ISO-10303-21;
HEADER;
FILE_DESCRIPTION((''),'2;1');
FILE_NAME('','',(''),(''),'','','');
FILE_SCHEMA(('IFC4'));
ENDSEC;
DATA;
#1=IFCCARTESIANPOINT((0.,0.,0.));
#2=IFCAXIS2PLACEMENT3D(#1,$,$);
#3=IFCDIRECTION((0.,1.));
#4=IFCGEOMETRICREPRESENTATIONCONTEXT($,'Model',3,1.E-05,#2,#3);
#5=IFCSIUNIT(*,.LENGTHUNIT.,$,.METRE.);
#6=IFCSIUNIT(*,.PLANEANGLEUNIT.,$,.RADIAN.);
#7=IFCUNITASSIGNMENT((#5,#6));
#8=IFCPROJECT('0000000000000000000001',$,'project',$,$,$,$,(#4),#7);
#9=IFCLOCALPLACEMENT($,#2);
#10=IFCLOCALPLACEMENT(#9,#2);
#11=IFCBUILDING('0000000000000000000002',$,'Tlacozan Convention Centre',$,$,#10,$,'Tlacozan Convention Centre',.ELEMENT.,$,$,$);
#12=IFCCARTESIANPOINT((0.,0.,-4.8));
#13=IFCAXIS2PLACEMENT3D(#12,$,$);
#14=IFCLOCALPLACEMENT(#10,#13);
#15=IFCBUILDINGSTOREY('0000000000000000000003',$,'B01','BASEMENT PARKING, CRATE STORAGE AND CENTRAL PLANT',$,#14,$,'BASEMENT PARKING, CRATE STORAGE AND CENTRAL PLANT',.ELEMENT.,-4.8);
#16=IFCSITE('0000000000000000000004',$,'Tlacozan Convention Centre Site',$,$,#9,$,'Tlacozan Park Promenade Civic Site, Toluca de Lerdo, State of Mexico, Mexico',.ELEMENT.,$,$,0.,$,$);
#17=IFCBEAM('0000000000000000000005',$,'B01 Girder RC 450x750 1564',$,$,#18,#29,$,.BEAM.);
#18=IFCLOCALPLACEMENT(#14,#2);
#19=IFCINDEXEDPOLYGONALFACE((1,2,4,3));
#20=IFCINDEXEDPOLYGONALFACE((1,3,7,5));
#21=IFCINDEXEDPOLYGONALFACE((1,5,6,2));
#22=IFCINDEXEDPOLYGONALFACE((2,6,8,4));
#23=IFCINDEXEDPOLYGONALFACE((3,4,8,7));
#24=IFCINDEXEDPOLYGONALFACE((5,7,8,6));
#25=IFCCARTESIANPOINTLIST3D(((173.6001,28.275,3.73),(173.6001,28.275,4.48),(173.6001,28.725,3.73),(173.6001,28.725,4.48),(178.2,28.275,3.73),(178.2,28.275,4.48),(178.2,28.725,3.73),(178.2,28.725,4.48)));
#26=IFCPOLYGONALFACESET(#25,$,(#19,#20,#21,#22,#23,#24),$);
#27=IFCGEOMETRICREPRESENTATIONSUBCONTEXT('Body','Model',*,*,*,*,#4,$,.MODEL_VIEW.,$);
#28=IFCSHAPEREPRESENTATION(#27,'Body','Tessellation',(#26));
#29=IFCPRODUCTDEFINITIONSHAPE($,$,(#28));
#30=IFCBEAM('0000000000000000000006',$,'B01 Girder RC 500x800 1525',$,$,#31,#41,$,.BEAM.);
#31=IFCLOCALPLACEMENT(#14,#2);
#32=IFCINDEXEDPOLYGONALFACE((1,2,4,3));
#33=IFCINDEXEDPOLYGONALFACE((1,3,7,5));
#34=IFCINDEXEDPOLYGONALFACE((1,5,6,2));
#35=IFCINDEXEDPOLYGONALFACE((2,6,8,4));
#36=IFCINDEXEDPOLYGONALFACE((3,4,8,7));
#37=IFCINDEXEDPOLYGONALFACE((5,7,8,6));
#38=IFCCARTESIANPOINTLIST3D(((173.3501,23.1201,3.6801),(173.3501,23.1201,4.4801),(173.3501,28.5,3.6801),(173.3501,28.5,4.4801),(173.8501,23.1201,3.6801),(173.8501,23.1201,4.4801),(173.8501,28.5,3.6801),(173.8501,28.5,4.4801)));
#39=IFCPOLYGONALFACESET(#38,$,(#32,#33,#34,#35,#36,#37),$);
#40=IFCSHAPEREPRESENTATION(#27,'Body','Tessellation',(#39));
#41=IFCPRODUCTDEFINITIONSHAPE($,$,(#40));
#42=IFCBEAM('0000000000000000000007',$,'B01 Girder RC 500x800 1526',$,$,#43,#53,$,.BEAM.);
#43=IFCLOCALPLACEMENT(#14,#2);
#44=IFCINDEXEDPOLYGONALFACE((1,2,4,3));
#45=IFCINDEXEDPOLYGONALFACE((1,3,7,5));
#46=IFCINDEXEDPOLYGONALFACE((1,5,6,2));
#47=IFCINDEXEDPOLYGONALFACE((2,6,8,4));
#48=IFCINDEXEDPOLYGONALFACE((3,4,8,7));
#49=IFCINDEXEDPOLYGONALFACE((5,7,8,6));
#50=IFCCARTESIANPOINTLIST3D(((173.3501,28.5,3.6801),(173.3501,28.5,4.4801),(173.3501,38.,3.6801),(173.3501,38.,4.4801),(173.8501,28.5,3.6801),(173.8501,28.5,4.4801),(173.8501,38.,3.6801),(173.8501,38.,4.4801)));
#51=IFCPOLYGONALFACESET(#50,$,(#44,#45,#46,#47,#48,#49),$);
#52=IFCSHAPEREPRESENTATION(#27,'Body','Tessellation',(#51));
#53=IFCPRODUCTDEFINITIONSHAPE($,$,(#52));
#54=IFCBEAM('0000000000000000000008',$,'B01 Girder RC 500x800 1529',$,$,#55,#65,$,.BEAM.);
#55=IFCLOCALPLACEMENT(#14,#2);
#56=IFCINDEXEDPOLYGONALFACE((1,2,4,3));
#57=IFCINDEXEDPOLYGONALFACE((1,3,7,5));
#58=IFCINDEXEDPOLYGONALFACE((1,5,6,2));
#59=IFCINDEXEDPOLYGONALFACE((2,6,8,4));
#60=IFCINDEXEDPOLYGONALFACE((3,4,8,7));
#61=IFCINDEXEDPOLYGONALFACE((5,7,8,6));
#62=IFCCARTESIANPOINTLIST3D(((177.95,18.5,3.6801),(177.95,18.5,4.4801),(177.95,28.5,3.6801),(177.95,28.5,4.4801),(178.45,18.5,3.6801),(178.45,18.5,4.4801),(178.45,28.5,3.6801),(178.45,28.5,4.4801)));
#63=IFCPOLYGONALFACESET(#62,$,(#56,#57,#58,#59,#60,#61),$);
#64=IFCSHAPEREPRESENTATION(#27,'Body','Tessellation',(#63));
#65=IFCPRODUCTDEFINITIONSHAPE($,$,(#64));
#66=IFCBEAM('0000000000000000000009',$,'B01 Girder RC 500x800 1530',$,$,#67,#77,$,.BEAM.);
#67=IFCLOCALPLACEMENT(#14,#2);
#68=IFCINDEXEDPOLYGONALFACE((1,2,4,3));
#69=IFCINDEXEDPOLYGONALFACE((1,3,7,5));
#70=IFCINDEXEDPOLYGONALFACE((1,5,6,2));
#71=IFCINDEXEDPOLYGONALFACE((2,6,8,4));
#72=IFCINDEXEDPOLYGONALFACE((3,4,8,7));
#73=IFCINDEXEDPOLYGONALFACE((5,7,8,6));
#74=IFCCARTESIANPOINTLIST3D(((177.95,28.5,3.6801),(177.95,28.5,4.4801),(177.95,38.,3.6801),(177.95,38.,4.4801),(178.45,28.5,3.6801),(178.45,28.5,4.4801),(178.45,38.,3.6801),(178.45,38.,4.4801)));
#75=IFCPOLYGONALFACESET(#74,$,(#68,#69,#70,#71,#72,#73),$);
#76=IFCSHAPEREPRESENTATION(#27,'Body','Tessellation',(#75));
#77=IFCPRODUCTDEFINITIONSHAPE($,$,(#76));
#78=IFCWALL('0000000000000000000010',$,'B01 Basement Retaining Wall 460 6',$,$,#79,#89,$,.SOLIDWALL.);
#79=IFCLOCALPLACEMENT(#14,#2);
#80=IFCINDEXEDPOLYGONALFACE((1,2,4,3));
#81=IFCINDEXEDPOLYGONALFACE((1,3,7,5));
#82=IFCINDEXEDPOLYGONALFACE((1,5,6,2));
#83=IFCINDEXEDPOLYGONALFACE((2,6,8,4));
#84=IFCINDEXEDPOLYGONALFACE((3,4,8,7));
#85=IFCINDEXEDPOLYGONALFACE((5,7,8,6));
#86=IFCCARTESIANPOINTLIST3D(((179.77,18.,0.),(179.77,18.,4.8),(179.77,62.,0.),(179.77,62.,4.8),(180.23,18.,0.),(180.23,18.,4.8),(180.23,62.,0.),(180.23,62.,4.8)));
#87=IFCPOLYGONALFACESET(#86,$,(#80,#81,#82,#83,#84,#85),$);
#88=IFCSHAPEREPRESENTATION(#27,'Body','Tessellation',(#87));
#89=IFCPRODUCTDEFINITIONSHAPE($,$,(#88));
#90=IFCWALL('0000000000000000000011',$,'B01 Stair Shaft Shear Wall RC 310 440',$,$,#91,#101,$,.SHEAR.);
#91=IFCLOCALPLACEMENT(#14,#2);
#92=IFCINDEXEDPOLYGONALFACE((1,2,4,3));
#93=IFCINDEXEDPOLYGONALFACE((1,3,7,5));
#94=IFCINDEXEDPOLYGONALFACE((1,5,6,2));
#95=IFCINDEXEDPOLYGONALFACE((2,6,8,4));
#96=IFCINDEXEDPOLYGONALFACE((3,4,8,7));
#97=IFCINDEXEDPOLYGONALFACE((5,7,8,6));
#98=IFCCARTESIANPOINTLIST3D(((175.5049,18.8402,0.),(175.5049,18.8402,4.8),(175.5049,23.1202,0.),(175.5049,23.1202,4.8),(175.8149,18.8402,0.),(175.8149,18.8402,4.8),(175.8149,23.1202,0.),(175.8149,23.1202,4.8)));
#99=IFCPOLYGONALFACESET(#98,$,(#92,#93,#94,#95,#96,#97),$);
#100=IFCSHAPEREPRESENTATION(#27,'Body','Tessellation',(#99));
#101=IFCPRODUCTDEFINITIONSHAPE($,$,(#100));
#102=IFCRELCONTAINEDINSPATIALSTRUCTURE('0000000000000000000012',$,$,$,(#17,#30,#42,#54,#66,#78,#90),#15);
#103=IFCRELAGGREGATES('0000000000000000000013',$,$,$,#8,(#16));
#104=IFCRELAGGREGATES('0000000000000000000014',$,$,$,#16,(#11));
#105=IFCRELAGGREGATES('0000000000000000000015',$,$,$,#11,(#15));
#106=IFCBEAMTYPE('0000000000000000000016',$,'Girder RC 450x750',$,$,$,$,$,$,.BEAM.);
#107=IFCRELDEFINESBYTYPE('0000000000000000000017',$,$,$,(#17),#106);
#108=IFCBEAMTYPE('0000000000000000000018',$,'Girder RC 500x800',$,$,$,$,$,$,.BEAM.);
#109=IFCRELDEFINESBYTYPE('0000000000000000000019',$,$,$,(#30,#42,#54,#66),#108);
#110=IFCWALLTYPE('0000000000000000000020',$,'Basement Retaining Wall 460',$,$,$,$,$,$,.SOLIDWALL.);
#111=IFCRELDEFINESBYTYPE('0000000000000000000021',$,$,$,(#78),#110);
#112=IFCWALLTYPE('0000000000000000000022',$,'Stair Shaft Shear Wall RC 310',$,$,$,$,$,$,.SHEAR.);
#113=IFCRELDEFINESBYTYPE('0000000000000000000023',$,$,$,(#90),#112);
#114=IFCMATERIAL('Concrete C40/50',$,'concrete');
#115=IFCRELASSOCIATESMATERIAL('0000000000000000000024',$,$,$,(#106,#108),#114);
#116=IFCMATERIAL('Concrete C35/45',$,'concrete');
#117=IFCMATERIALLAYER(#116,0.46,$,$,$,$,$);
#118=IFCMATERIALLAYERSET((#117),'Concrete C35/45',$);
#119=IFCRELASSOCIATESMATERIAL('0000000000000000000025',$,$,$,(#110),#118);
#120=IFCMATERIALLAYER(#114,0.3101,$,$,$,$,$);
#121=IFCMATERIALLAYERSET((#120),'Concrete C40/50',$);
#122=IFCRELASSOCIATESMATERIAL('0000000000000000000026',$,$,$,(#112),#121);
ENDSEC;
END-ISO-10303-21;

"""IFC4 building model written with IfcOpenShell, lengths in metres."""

from ifc_helpers import new_model, si_unit, direction, frame, frame_2d, origin, origin_2d, place, context, subcontext, project, spatial, rectangle, extrude, material, layer, layer_set, material_profile, profile_set, type_object, element, save


model = new_model("IFC4")

# Units and contexts
model_context = context("Model", 3, precision=1e-05, world=origin(), true_north=direction((0.0, 1.0)))
body_context = subcontext(model_context, "Body", "Model", "MODEL_VIEW")
ifc_project = project(units=[si_unit("LENGTHUNIT", "METRE"), si_unit("PLANEANGLEUNIT", "RADIAN")], contexts=[model_context])

# Site, building, storey
site_placement = place(None, origin())
site = spatial("IfcSite", under=ifc_project, at=site_placement, Name="Tlacozan Convention Centre Site", LongName="Tlacozan Park Promenade Civic Site, Toluca de Lerdo, State of Mexico, Mexico", CompositionType="ELEMENT", RefElevation=0.0)
building_placement = place(site_placement, origin())
building = spatial("IfcBuilding", under=site, at=building_placement, Name="Tlacozan Convention Centre", LongName="Tlacozan Convention Centre", CompositionType="ELEMENT")
storey_placement = place(building_placement, frame((0.0, 0.0, -4.8)))
storey = spatial("IfcBuildingStorey", under=building, at=storey_placement, Name="B01", Description="BASEMENT PARKING, CRATE STORAGE AND CENTRAL PLANT", LongName="BASEMENT PARKING, CRATE STORAGE AND CENTRAL PLANT", CompositionType="ELEMENT", Elevation=-4.8)

# Shared definitions
ifc_material_1 = material(Name="Concrete C35/45", Category="concrete")

# Shared definitions
ifc_material_2 = material(Name="Concrete C40/50", Category="concrete")

# Beams
ifc_material_profile_1 = material_profile(ifc_material_2, rectangle(XDim=0.45, YDim=0.75, at=origin_2d()), Name="RC 450x750")
ifc_profile_set_1 = profile_set([ifc_material_profile_1], Name="Concrete C40/50")
beam_type_1 = type_object("IfcBeamType", Name="Girder RC 450x750", PredefinedType="BEAM", material=ifc_profile_set_1)
for number, where, z_axis, x_axis, name in (
    (1, (173.6001, 28.5, 4.105), (1.0, 0.0, 0.0), (0.0, 1.0, 0.0), "B01 Girder RC 450x750 1564"),
):
    element("IfcBeam", number, at=place(storey_placement, frame(where, z_axis=z_axis, x_axis=x_axis)), inside=storey, type_object=beam_type_1, Name=name, PredefinedType="BEAM", context=body_context, shape_type="SweptSolid", body=[
        extrude(rectangle(XDim=0.45, YDim=0.75, at=origin_2d()), origin(), (0.0, 0.0, 1.0), 4.5999),
    ])
ifc_material_profile_2 = material_profile(ifc_material_2, rectangle(XDim=0.5, YDim=0.8, at=origin_2d()), Name="RC 500x800")
ifc_profile_set_2 = profile_set([ifc_material_profile_2], Name="Concrete C40/50")
beam_type_2 = type_object("IfcBeamType", Name="Girder RC 500x800", PredefinedType="BEAM", material=ifc_profile_set_2)
beam_1_placement = place(storey_placement, frame((173.6001, 23.1201, 4.0801), z_axis=(0.0, 1.0, 0.0), x_axis=(-1.0, 0.0, 0.0)))
element("IfcBeam", 2, at=beam_1_placement, inside=storey, type_object=beam_type_2, Name="B01 Girder RC 500x800 1525", PredefinedType="BEAM", context=body_context, shape_type="SweptSolid", body=[
    extrude(rectangle(XDim=0.5, YDim=0.8, at=origin_2d()), origin(), (0.0, 0.0, 1.0), 5.3799),
])
beam_2_placement = place(storey_placement, frame((173.6001, 28.5, 4.0801), z_axis=(0.0, 1.0, 0.0), x_axis=(-1.0, 0.0, 0.0)))
element("IfcBeam", 3, at=beam_2_placement, inside=storey, type_object=beam_type_2, Name="B01 Girder RC 500x800 1526", PredefinedType="BEAM", context=body_context, shape_type="SweptSolid", body=[
    extrude(rectangle(XDim=0.5, YDim=0.8, at=origin_2d()), origin(), (0.0, 0.0, 1.0), 9.5),
])
beam_3_placement = place(storey_placement, frame((178.2, 18.5, 4.0801), z_axis=(0.0, 1.0, 0.0), x_axis=(-1.0, 0.0, 0.0)))
element("IfcBeam", 4, at=beam_3_placement, inside=storey, type_object=beam_type_2, Name="B01 Girder RC 500x800 1529", PredefinedType="BEAM", context=body_context, shape_type="SweptSolid", body=[
    extrude(rectangle(XDim=0.5, YDim=0.8, at=origin_2d()), origin(), (0.0, 0.0, 1.0), 10.0),
])
beam_4_placement = place(storey_placement, frame((178.2, 28.5, 4.0801), z_axis=(0.0, 1.0, 0.0), x_axis=(-1.0, 0.0, 0.0)))
element("IfcBeam", 5, at=beam_4_placement, inside=storey, type_object=beam_type_2, Name="B01 Girder RC 500x800 1530", PredefinedType="BEAM", context=body_context, shape_type="SweptSolid", body=[
    extrude(rectangle(XDim=0.5, YDim=0.8, at=origin_2d()), origin(), (0.0, 0.0, 1.0), 9.5),
])

# Walls
ifc_layer_1 = layer(ifc_material_1, 0.46)
ifc_layer_set_1 = layer_set([ifc_layer_1], Name="Concrete C35/45")
wall_type_1 = type_object("IfcWallType", Name="Basement Retaining Wall 460", PredefinedType="SOLIDWALL", material=ifc_layer_set_1)
wall_1_placement = place(storey_placement, frame((180.0, 18.0, 0.0), z_axis=(0.0, 0.0, 1.0), x_axis=(0.0, 1.0, 0.0)))
element("IfcWall", 6, at=wall_1_placement, inside=storey, type_object=wall_type_1, Name="B01 Basement Retaining Wall 460 6", PredefinedType="SOLIDWALL", context=body_context, shape_type="SweptSolid", body=[
    extrude(rectangle(XDim=44.0, YDim=0.46, at=frame_2d((22.0, 0.0))), origin(), (0.0, 0.0, 1.0), 4.8),
])
ifc_layer_2 = layer(ifc_material_2, 0.3101)
ifc_layer_set_2 = layer_set([ifc_layer_2], Name="Concrete C40/50")
wall_type_2 = type_object("IfcWallType", Name="Stair Shaft Shear Wall RC 310", PredefinedType="SHEAR", material=ifc_layer_set_2)
wall_2_placement = place(storey_placement, frame((175.6599, 18.8401, 0.0), z_axis=(0.0, 0.0, 1.0), x_axis=(0.0, 1.0, 0.0)))
element("IfcWall", 7, at=wall_2_placement, inside=storey, type_object=wall_type_2, Name="B01 Stair Shaft Shear Wall RC 310 440", PredefinedType="SHEAR", context=body_context, shape_type="SweptSolid", body=[
    extrude(rectangle(XDim=4.28, YDim=0.3101, at=frame_2d((2.1401, 0.0))), origin(), (0.0, 0.0, 1.0), 4.8),
])

save(model, "model.ifc")
